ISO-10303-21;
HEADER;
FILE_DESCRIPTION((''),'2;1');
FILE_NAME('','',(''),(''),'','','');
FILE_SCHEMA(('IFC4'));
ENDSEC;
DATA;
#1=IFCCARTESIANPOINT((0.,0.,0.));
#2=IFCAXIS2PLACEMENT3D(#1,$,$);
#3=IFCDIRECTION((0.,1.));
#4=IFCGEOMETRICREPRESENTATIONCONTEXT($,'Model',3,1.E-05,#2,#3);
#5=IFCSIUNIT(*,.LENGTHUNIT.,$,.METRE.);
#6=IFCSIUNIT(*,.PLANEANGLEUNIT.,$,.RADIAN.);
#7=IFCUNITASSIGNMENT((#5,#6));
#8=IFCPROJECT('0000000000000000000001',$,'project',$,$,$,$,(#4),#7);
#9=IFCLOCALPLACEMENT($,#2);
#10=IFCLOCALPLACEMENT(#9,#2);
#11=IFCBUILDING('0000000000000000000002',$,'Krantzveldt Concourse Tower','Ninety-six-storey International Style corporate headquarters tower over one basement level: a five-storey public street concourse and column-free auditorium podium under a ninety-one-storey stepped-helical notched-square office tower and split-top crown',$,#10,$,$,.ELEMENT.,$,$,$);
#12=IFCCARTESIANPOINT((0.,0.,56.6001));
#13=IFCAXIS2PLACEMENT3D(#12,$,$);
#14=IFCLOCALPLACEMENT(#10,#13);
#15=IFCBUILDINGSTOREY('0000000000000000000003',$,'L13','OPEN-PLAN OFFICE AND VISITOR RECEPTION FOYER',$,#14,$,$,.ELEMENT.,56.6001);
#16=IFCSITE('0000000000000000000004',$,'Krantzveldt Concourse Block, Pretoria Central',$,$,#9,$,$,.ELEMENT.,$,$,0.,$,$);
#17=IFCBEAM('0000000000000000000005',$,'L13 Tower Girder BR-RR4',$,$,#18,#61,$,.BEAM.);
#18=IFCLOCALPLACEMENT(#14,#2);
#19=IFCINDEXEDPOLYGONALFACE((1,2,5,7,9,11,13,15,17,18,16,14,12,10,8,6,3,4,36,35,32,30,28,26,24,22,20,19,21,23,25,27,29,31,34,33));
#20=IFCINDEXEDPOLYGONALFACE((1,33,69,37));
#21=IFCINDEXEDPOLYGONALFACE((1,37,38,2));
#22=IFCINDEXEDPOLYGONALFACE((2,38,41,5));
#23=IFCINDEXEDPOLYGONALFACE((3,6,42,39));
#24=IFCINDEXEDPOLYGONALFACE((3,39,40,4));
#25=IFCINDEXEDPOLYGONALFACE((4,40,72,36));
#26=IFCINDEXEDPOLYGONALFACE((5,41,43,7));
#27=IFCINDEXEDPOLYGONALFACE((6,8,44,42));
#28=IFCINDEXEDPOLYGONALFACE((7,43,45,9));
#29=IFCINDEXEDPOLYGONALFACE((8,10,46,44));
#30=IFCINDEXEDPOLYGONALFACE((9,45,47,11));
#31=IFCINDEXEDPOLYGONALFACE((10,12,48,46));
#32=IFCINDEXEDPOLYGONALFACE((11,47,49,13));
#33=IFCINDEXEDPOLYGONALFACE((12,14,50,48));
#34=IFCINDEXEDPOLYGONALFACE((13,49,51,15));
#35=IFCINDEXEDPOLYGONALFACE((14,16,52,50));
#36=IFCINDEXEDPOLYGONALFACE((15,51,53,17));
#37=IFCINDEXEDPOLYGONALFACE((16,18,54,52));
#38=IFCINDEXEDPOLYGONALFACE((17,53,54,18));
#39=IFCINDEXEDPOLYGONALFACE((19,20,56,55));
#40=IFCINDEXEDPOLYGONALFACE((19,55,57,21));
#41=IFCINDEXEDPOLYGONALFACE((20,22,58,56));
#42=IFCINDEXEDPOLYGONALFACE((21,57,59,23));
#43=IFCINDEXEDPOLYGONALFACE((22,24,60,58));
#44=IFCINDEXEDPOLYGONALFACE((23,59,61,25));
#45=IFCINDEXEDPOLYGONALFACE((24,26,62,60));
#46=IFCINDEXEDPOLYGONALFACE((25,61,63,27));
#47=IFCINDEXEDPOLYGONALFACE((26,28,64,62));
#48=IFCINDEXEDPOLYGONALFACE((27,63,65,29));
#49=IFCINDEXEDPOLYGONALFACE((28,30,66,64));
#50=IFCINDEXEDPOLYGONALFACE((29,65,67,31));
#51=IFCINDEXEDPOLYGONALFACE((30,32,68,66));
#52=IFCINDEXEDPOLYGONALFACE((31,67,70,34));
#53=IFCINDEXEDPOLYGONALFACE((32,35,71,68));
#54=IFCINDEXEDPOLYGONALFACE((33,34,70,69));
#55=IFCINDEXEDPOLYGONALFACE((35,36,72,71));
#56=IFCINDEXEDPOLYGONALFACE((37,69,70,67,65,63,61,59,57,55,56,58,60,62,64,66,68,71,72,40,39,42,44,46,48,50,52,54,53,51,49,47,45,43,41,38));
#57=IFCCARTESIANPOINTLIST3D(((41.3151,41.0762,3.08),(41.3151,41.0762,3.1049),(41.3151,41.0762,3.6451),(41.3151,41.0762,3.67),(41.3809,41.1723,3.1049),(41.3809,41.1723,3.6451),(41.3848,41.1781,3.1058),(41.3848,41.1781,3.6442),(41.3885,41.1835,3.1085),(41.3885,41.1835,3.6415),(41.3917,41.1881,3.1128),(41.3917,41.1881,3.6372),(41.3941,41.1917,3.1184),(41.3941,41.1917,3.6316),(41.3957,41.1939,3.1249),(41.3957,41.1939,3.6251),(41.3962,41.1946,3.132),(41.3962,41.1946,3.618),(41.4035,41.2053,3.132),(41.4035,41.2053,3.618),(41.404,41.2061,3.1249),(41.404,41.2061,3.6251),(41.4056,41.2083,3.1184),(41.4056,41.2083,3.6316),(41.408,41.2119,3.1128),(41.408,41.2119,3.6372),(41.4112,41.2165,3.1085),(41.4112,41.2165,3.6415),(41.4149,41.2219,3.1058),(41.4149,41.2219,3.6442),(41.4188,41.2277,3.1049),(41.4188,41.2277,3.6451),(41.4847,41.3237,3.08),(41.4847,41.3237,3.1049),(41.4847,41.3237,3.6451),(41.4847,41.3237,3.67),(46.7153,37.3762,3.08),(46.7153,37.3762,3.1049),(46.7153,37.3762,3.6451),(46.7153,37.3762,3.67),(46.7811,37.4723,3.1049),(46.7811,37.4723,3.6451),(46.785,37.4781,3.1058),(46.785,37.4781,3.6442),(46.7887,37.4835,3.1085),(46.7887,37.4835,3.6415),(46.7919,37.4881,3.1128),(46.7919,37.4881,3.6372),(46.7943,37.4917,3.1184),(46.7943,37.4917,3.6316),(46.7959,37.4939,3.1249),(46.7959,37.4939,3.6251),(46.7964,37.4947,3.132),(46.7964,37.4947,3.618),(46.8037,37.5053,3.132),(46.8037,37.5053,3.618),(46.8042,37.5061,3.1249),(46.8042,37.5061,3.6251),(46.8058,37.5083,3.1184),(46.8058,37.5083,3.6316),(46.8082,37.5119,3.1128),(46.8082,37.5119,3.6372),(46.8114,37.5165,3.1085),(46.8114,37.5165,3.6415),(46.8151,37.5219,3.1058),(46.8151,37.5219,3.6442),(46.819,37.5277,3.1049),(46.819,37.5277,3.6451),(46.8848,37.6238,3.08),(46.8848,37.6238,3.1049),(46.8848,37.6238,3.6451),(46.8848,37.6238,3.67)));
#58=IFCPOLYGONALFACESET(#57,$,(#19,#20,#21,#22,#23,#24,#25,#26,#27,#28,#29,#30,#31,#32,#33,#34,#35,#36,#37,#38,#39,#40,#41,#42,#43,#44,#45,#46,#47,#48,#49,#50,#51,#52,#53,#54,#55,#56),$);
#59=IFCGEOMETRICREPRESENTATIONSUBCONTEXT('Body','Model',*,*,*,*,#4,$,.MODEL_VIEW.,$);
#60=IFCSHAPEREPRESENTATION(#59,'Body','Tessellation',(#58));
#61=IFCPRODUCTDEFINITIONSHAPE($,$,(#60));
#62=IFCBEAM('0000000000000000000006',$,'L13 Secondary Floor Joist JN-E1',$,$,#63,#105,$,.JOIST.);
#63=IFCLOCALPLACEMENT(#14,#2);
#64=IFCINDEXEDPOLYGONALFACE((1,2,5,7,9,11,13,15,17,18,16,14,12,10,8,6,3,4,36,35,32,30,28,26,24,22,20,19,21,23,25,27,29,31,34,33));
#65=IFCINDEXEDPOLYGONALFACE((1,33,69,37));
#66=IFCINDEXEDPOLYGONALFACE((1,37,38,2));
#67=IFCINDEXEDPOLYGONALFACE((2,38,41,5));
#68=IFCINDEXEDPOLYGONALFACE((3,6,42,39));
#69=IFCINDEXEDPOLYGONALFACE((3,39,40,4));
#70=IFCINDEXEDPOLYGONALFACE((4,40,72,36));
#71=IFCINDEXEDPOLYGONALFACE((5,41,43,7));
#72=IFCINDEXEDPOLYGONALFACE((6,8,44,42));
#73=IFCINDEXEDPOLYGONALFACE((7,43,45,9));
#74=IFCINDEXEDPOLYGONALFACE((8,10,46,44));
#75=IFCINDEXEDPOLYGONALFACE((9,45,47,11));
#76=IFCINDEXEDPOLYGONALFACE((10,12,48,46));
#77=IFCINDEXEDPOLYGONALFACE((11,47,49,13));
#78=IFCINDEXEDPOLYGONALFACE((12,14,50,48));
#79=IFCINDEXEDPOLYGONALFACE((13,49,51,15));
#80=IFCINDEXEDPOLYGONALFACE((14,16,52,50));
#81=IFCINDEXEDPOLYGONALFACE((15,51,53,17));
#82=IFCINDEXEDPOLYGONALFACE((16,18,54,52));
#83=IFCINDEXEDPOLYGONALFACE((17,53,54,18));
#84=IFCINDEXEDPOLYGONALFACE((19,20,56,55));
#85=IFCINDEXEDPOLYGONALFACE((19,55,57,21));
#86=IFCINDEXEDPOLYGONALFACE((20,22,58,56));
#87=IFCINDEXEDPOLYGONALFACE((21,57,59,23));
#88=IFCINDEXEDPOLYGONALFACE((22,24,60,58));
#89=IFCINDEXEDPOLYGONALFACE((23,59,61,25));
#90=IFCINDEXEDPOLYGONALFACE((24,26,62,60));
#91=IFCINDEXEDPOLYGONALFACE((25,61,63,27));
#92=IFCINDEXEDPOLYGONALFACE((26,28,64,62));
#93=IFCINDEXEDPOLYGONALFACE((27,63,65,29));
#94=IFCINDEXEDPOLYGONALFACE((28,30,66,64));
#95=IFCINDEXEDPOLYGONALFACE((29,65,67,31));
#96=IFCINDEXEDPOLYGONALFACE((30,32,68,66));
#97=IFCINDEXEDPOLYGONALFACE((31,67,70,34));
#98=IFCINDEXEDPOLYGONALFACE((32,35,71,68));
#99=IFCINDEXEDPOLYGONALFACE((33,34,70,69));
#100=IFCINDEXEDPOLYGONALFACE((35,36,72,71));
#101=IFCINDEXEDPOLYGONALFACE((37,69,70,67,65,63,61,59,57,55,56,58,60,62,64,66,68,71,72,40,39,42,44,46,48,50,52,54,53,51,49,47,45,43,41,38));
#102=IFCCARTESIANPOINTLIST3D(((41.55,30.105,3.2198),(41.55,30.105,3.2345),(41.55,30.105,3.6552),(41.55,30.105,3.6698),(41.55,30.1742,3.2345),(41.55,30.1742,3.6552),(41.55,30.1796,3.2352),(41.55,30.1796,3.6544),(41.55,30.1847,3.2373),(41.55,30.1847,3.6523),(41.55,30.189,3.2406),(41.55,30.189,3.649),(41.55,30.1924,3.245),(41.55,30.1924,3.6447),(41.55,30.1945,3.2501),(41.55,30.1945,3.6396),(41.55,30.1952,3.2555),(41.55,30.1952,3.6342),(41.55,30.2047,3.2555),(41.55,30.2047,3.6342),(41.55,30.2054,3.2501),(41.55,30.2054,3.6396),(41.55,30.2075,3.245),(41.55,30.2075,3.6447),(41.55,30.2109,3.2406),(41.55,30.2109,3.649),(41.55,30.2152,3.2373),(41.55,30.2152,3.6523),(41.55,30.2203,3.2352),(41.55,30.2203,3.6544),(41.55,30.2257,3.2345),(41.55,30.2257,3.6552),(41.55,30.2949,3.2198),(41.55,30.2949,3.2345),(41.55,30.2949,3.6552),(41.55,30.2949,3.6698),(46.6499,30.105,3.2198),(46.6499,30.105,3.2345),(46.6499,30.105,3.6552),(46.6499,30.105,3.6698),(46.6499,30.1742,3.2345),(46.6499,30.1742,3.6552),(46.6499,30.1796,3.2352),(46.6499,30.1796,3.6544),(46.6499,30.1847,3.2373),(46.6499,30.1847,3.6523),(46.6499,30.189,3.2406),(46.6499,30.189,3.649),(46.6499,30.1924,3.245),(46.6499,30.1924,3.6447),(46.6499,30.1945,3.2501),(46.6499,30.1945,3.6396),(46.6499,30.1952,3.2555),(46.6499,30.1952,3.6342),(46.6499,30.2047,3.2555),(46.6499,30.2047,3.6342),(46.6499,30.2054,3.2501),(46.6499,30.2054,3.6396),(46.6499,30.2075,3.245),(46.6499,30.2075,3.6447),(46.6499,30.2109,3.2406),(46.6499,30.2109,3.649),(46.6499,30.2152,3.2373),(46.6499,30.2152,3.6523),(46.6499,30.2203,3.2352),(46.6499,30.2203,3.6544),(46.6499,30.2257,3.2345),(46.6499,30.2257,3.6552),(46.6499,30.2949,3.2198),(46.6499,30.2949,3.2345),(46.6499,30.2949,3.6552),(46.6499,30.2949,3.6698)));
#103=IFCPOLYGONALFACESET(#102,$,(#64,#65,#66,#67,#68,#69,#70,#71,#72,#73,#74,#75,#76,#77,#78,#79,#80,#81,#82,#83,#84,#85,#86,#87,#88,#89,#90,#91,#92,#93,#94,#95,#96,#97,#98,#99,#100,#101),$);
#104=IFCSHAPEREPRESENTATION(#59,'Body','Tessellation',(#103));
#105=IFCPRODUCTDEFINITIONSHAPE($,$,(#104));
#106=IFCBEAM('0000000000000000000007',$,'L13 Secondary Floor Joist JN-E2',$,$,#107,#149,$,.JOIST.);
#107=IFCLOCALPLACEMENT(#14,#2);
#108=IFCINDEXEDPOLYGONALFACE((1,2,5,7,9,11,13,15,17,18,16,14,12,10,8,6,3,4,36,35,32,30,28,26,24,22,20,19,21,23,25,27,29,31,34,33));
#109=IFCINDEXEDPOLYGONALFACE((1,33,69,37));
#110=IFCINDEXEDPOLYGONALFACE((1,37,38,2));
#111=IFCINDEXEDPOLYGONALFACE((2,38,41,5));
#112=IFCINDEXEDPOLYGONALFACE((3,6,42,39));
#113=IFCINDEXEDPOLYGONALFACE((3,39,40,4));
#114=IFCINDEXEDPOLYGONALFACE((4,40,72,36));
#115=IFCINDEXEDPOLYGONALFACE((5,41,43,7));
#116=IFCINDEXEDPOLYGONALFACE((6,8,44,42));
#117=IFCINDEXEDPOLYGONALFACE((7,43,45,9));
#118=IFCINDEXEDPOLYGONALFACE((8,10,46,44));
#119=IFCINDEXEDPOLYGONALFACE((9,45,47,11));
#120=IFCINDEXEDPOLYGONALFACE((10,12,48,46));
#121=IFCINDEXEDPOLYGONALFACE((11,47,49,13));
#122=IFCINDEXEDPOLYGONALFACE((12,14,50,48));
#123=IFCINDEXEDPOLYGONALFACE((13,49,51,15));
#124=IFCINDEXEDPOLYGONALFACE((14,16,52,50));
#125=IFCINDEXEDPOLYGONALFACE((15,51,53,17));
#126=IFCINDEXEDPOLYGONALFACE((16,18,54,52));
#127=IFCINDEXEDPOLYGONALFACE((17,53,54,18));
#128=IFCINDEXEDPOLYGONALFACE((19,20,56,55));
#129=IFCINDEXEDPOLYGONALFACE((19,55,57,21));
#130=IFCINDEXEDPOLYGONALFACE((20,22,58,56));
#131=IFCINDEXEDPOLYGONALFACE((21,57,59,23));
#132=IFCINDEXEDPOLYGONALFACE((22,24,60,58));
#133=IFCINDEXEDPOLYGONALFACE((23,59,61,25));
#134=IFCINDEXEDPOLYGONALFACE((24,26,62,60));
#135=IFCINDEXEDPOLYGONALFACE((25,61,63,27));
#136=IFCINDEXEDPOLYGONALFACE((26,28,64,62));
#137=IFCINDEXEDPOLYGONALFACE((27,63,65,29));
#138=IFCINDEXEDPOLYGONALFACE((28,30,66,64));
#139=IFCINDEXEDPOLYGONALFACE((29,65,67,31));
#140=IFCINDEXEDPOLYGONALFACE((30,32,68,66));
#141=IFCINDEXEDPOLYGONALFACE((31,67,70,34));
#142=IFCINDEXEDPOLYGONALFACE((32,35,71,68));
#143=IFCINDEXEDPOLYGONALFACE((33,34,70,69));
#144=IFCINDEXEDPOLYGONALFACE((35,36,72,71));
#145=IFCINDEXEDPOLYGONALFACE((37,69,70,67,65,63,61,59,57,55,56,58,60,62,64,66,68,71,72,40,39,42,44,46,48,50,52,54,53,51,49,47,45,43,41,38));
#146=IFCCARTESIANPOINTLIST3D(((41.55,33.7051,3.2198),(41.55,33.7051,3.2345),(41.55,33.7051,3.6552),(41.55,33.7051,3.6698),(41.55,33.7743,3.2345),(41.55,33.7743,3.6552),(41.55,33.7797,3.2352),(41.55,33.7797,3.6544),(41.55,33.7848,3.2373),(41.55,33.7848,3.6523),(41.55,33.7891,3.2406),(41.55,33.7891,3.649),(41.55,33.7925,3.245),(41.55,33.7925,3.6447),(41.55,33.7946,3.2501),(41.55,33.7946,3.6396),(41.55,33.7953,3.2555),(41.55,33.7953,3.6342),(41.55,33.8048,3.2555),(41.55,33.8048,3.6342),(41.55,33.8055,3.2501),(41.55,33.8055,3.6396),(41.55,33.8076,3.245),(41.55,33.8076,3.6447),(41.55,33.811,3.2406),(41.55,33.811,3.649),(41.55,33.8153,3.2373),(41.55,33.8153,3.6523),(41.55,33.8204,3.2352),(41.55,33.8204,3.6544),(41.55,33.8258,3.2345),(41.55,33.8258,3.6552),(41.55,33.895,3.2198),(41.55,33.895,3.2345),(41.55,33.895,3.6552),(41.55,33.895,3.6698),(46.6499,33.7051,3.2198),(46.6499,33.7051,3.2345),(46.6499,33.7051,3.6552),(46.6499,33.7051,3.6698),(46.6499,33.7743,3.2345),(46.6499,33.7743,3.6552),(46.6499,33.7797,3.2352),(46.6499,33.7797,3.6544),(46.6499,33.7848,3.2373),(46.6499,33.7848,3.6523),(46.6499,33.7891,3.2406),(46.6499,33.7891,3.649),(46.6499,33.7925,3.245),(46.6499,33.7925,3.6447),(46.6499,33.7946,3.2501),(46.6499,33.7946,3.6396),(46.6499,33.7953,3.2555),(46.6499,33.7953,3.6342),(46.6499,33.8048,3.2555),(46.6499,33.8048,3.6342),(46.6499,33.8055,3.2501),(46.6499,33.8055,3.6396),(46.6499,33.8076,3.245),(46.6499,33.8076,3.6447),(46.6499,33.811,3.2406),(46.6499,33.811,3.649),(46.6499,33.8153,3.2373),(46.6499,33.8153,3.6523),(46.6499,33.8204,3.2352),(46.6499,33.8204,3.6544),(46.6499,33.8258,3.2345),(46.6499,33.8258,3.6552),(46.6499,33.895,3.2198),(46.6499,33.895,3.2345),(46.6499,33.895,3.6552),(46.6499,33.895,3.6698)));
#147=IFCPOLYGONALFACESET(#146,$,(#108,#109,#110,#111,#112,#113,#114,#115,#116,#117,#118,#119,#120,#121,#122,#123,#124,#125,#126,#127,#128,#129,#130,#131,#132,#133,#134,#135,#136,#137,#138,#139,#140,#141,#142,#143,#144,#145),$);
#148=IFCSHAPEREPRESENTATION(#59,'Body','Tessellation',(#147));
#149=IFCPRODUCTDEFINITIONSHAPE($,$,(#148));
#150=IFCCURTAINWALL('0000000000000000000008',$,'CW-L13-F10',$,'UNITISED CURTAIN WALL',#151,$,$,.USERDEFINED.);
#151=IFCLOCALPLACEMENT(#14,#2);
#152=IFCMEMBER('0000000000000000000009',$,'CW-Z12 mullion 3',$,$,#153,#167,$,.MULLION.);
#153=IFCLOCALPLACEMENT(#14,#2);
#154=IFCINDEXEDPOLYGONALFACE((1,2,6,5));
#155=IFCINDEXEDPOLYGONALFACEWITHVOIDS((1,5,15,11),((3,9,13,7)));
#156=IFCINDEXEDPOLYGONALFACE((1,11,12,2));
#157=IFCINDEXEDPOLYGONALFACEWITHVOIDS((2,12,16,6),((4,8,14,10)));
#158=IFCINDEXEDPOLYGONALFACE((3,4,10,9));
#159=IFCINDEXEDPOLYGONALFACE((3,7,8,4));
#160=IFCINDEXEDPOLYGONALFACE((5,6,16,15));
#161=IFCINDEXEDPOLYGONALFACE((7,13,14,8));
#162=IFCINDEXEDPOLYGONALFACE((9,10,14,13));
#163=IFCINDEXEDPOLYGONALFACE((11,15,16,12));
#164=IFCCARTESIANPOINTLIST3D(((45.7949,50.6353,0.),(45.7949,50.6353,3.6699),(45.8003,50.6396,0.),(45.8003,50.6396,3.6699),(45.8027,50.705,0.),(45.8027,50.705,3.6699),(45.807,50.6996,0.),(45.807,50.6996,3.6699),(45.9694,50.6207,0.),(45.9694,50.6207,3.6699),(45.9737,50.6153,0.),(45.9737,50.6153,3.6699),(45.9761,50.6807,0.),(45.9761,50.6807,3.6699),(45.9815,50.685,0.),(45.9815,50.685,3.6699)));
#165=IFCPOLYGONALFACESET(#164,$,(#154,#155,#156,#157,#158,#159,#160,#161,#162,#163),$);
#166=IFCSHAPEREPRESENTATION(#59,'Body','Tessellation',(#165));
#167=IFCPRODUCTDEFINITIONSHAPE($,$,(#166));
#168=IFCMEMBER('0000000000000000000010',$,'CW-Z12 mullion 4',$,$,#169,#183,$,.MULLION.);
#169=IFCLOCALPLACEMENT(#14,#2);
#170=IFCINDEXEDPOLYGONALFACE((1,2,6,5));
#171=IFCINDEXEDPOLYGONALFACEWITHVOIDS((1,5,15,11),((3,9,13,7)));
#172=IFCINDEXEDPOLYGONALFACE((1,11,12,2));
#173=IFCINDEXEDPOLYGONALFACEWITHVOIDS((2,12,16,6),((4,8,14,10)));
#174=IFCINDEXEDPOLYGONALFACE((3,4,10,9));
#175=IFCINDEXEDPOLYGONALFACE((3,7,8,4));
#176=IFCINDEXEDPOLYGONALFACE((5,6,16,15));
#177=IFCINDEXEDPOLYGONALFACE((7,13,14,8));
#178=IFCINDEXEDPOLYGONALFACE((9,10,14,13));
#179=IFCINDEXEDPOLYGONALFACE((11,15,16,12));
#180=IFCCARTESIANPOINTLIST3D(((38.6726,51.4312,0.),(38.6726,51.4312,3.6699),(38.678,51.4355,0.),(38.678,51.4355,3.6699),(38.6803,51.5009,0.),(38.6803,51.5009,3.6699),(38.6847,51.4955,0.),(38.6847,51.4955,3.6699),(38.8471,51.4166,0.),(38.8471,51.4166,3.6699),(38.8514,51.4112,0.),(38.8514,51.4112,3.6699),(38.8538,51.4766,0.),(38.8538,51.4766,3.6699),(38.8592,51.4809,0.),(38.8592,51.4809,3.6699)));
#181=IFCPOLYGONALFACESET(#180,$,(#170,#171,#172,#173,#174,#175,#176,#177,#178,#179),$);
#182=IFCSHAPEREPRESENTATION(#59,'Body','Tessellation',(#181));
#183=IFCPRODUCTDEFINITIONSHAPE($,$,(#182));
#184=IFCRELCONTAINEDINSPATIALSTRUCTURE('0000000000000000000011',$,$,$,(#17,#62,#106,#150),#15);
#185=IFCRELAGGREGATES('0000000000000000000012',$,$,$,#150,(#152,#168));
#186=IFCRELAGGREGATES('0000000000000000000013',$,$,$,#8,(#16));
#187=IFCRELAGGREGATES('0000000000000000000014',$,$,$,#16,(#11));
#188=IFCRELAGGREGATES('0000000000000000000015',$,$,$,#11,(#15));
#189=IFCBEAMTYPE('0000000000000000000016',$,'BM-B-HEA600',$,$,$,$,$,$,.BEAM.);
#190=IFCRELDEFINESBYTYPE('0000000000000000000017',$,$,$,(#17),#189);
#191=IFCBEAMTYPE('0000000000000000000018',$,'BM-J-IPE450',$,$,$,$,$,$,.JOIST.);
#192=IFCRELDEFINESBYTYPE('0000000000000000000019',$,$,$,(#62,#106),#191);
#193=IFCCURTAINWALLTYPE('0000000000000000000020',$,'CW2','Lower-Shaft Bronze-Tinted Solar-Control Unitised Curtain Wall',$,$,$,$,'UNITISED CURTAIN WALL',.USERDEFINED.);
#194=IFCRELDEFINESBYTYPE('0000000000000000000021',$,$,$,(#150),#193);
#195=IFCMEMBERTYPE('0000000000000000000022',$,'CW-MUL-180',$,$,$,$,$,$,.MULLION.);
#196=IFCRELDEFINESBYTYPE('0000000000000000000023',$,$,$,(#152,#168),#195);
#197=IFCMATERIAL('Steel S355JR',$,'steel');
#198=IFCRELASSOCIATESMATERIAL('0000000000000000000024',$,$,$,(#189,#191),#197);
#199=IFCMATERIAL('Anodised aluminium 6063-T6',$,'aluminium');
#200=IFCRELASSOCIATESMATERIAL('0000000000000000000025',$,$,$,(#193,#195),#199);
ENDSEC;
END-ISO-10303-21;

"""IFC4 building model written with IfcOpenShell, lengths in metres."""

from ifc_helpers import new_model, si_unit, direction, frame, origin, origin_2d, place, context, subcontext, project, spatial, hollow_rectangle, i_section, extrude, source, transform, mapped, material, material_profile, profile_set, type_object, type_shapes, element, aggregate, save


model = new_model("IFC4")

# Units and contexts
model_context = context("Model", 3, precision=1e-05, world=origin(), true_north=direction((0.0, 1.0)))
body_context = subcontext(model_context, "Body", "Model", "MODEL_VIEW")
ifc_project = project(units=[si_unit("LENGTHUNIT", "METRE"), si_unit("PLANEANGLEUNIT", "RADIAN")], contexts=[model_context])

# Site, building, storey
site_placement = place(None, origin())
site = spatial("IfcSite", under=ifc_project, at=site_placement, Name="Krantzveldt Concourse Block, Pretoria Central", CompositionType="ELEMENT", RefElevation=0.0)
building_placement = place(site_placement, origin())
building = spatial("IfcBuilding", under=site, at=building_placement, Name="Krantzveldt Concourse Tower", Description="Ninety-six-storey International Style corporate headquarters tower over one basement level: a five-storey public street concourse and column-free auditorium podium under a ninety-one-storey stepped-helical notched-square office tower and split-top crown", CompositionType="ELEMENT")
storey_placement = place(building_placement, frame((0.0, 0.0, 56.6001)))
storey = spatial("IfcBuildingStorey", under=building, at=storey_placement, Name="L13", Description="OPEN-PLAN OFFICE AND VISITOR RECEPTION FOYER", CompositionType="ELEMENT", Elevation=56.6001)

# Beams
ifc_material_1 = material(Name="Steel S355JR", Category="steel")
ifc_material_profile_1 = material_profile(ifc_material_1, i_section(OverallWidth=0.3, OverallDepth=0.5901, WebThickness=0.0129, FlangeThickness=0.0249, FilletRadius=0.0271, at=origin_2d()), Name="Steel S355JR", Category="steel")
ifc_profile_set_1 = profile_set([ifc_material_profile_1], Name="Steel S355JR - HEA 600")
beam_type_1 = type_object("IfcBeamType", Name="BM-B-HEA600", PredefinedType="BEAM", material=ifc_profile_set_1)
shared_shape_1 = source(origin(), body_context, "Body", "SweptSolid", [
    extrude(i_section(OverallWidth=0.3, OverallDepth=0.5901, WebThickness=0.0129, FlangeThickness=0.0249, FilletRadius=0.0271, at=origin_2d()), origin(), (0.0, 0.0, 1.0), 6.5461),
])
beam_1_placement = place(storey_placement, frame((46.8, 37.5, 3.375), z_axis=(-0.824943, 0.565216, 0.0), x_axis=(-0.565216, -0.824943, 0.0)))
element("IfcBeam", 1, at=beam_1_placement, inside=storey, type_object=beam_type_1, Name="L13 Tower Girder BR-RR4", PredefinedType="BEAM", context=body_context, shape_type="MappedRepresentation", body=[
    mapped(shared_shape_1, transform((0.0, 0.0, 0.0), x_axis=(1.0, 0.0, 0.0), y_axis=(0.0, 1.0, 0.0), z_axis=(0.0, 0.0, 1.0), scale=1.0)),
])
ifc_material_profile_2 = material_profile(ifc_material_1, i_section(OverallWidth=0.1899, OverallDepth=0.45, WebThickness=0.0095, FlangeThickness=0.0146, FilletRadius=0.021, at=origin_2d()), Name="Steel S355JR", Category="steel")
ifc_profile_set_2 = profile_set([ifc_material_profile_2], Name="Steel S355JR - IPE 450")
beam_type_2 = type_object("IfcBeamType", Name="BM-J-IPE450", PredefinedType="JOIST", material=ifc_profile_set_2)
shared_shape_2 = source(origin(), body_context, "Body", "SweptSolid", [
    extrude(i_section(OverallWidth=0.1899, OverallDepth=0.45, WebThickness=0.0095, FlangeThickness=0.0146, FilletRadius=0.021, at=origin_2d()), origin(), (0.0, 0.0, 1.0), 5.0999),
])
type_shapes(beam_type_2, [shared_shape_2])
for number, where, z_axis, x_axis, name in (
    (2, (41.55, 30.2, 3.4448), (1.0, 0.0, 0.0), (0.0, 1.0, 0.0), "L13 Secondary Floor Joist JN-E1"),
    (3, (41.55, 33.8, 3.4448), (1.0, 0.0, 0.0), (0.0, 1.0, 0.0), "L13 Secondary Floor Joist JN-E2"),
):
    element("IfcBeam", number, at=place(storey_placement, frame(where, z_axis=z_axis, x_axis=x_axis)), inside=storey, type_object=beam_type_2, Name=name, PredefinedType="JOIST", context=body_context, shape_type="MappedRepresentation", body=[
        mapped(shared_shape_2, transform((0.0, 0.0, 0.0), x_axis=(1.0, 0.0, 0.0), y_axis=(0.0, 1.0, 0.0), z_axis=(0.0, 0.0, 1.0), scale=1.0)),
    ])

# Curtain wall, members
ifc_material_2 = material(Name="Anodised aluminium 6063-T6", Category="aluminium")
curtain_wall_type = type_object("IfcCurtainWallType", Name="CW2", Description="Lower-Shaft Bronze-Tinted Solar-Control Unitised Curtain Wall", ElementType="UNITISED CURTAIN WALL", PredefinedType="USERDEFINED", material=ifc_material_2)
curtain_wall_placement = place(storey_placement, origin())
curtain_wall = element("IfcCurtainWall", 4, at=curtain_wall_placement, inside=storey, type_object=curtain_wall_type, Name="CW-L13-F10", ObjectType="UNITISED CURTAIN WALL", PredefinedType="USERDEFINED")
ifc_material_profile_3 = material_profile(ifc_material_2, hollow_rectangle(XDim=0.0701, YDim=0.1799, WallThickness=0.0049, at=origin_2d()), Name="Anodised aluminium 6063-T6", Category="aluminium")
ifc_profile_set_3 = profile_set([ifc_material_profile_3], Name="Anodised aluminium 6063-T6 - ALU-MULL 180x70x5")
member_type_1 = type_object("IfcMemberType", Name="CW-MUL-180", PredefinedType="MULLION", material=ifc_profile_set_3)
shared_shape_3 = source(origin(), body_context, "Body", "SweptSolid", [
    extrude(hollow_rectangle(XDim=0.0701, YDim=0.1799, WallThickness=0.0049, at=origin_2d()), origin(), (0.0, 0.0, 1.0), 3.6699),
])
type_shapes(member_type_1, [shared_shape_3])
member_1_placement = place(storey_placement, frame((45.8882, 50.6602, 0.0), z_axis=(0.0, 0.0, 1.0), x_axis=(-0.111035, -0.993816, 0.0)))
member_1 = element("IfcMember", 5, at=member_1_placement, type_object=member_type_1, Name="CW-Z12 mullion 3", PredefinedType="MULLION", context=body_context, shape_type="MappedRepresentation", body=[
    mapped(shared_shape_3, transform((0.0, 0.0, 0.0), x_axis=(1.0, 0.0, 0.0), y_axis=(0.0, 1.0, 0.0), z_axis=(0.0, 0.0, 1.0), scale=1.0)),
])
member_2_placement = place(storey_placement, frame((38.7659, 51.4561, 0.0), z_axis=(0.0, 0.0, 1.0), x_axis=(-0.111035, -0.993816, 0.0)))
member_2 = element("IfcMember", 6, at=member_2_placement, type_object=member_type_1, Name="CW-Z12 mullion 4", PredefinedType="MULLION", context=body_context, shape_type="MappedRepresentation", body=[
    mapped(shared_shape_3, transform((0.0, 0.0, 0.0), x_axis=(1.0, 0.0, 0.0), y_axis=(0.0, 1.0, 0.0), z_axis=(0.0, 0.0, 1.0), scale=1.0)),
])
aggregate(curtain_wall, [member_1, member_2])

save(model, "model.ifc")
